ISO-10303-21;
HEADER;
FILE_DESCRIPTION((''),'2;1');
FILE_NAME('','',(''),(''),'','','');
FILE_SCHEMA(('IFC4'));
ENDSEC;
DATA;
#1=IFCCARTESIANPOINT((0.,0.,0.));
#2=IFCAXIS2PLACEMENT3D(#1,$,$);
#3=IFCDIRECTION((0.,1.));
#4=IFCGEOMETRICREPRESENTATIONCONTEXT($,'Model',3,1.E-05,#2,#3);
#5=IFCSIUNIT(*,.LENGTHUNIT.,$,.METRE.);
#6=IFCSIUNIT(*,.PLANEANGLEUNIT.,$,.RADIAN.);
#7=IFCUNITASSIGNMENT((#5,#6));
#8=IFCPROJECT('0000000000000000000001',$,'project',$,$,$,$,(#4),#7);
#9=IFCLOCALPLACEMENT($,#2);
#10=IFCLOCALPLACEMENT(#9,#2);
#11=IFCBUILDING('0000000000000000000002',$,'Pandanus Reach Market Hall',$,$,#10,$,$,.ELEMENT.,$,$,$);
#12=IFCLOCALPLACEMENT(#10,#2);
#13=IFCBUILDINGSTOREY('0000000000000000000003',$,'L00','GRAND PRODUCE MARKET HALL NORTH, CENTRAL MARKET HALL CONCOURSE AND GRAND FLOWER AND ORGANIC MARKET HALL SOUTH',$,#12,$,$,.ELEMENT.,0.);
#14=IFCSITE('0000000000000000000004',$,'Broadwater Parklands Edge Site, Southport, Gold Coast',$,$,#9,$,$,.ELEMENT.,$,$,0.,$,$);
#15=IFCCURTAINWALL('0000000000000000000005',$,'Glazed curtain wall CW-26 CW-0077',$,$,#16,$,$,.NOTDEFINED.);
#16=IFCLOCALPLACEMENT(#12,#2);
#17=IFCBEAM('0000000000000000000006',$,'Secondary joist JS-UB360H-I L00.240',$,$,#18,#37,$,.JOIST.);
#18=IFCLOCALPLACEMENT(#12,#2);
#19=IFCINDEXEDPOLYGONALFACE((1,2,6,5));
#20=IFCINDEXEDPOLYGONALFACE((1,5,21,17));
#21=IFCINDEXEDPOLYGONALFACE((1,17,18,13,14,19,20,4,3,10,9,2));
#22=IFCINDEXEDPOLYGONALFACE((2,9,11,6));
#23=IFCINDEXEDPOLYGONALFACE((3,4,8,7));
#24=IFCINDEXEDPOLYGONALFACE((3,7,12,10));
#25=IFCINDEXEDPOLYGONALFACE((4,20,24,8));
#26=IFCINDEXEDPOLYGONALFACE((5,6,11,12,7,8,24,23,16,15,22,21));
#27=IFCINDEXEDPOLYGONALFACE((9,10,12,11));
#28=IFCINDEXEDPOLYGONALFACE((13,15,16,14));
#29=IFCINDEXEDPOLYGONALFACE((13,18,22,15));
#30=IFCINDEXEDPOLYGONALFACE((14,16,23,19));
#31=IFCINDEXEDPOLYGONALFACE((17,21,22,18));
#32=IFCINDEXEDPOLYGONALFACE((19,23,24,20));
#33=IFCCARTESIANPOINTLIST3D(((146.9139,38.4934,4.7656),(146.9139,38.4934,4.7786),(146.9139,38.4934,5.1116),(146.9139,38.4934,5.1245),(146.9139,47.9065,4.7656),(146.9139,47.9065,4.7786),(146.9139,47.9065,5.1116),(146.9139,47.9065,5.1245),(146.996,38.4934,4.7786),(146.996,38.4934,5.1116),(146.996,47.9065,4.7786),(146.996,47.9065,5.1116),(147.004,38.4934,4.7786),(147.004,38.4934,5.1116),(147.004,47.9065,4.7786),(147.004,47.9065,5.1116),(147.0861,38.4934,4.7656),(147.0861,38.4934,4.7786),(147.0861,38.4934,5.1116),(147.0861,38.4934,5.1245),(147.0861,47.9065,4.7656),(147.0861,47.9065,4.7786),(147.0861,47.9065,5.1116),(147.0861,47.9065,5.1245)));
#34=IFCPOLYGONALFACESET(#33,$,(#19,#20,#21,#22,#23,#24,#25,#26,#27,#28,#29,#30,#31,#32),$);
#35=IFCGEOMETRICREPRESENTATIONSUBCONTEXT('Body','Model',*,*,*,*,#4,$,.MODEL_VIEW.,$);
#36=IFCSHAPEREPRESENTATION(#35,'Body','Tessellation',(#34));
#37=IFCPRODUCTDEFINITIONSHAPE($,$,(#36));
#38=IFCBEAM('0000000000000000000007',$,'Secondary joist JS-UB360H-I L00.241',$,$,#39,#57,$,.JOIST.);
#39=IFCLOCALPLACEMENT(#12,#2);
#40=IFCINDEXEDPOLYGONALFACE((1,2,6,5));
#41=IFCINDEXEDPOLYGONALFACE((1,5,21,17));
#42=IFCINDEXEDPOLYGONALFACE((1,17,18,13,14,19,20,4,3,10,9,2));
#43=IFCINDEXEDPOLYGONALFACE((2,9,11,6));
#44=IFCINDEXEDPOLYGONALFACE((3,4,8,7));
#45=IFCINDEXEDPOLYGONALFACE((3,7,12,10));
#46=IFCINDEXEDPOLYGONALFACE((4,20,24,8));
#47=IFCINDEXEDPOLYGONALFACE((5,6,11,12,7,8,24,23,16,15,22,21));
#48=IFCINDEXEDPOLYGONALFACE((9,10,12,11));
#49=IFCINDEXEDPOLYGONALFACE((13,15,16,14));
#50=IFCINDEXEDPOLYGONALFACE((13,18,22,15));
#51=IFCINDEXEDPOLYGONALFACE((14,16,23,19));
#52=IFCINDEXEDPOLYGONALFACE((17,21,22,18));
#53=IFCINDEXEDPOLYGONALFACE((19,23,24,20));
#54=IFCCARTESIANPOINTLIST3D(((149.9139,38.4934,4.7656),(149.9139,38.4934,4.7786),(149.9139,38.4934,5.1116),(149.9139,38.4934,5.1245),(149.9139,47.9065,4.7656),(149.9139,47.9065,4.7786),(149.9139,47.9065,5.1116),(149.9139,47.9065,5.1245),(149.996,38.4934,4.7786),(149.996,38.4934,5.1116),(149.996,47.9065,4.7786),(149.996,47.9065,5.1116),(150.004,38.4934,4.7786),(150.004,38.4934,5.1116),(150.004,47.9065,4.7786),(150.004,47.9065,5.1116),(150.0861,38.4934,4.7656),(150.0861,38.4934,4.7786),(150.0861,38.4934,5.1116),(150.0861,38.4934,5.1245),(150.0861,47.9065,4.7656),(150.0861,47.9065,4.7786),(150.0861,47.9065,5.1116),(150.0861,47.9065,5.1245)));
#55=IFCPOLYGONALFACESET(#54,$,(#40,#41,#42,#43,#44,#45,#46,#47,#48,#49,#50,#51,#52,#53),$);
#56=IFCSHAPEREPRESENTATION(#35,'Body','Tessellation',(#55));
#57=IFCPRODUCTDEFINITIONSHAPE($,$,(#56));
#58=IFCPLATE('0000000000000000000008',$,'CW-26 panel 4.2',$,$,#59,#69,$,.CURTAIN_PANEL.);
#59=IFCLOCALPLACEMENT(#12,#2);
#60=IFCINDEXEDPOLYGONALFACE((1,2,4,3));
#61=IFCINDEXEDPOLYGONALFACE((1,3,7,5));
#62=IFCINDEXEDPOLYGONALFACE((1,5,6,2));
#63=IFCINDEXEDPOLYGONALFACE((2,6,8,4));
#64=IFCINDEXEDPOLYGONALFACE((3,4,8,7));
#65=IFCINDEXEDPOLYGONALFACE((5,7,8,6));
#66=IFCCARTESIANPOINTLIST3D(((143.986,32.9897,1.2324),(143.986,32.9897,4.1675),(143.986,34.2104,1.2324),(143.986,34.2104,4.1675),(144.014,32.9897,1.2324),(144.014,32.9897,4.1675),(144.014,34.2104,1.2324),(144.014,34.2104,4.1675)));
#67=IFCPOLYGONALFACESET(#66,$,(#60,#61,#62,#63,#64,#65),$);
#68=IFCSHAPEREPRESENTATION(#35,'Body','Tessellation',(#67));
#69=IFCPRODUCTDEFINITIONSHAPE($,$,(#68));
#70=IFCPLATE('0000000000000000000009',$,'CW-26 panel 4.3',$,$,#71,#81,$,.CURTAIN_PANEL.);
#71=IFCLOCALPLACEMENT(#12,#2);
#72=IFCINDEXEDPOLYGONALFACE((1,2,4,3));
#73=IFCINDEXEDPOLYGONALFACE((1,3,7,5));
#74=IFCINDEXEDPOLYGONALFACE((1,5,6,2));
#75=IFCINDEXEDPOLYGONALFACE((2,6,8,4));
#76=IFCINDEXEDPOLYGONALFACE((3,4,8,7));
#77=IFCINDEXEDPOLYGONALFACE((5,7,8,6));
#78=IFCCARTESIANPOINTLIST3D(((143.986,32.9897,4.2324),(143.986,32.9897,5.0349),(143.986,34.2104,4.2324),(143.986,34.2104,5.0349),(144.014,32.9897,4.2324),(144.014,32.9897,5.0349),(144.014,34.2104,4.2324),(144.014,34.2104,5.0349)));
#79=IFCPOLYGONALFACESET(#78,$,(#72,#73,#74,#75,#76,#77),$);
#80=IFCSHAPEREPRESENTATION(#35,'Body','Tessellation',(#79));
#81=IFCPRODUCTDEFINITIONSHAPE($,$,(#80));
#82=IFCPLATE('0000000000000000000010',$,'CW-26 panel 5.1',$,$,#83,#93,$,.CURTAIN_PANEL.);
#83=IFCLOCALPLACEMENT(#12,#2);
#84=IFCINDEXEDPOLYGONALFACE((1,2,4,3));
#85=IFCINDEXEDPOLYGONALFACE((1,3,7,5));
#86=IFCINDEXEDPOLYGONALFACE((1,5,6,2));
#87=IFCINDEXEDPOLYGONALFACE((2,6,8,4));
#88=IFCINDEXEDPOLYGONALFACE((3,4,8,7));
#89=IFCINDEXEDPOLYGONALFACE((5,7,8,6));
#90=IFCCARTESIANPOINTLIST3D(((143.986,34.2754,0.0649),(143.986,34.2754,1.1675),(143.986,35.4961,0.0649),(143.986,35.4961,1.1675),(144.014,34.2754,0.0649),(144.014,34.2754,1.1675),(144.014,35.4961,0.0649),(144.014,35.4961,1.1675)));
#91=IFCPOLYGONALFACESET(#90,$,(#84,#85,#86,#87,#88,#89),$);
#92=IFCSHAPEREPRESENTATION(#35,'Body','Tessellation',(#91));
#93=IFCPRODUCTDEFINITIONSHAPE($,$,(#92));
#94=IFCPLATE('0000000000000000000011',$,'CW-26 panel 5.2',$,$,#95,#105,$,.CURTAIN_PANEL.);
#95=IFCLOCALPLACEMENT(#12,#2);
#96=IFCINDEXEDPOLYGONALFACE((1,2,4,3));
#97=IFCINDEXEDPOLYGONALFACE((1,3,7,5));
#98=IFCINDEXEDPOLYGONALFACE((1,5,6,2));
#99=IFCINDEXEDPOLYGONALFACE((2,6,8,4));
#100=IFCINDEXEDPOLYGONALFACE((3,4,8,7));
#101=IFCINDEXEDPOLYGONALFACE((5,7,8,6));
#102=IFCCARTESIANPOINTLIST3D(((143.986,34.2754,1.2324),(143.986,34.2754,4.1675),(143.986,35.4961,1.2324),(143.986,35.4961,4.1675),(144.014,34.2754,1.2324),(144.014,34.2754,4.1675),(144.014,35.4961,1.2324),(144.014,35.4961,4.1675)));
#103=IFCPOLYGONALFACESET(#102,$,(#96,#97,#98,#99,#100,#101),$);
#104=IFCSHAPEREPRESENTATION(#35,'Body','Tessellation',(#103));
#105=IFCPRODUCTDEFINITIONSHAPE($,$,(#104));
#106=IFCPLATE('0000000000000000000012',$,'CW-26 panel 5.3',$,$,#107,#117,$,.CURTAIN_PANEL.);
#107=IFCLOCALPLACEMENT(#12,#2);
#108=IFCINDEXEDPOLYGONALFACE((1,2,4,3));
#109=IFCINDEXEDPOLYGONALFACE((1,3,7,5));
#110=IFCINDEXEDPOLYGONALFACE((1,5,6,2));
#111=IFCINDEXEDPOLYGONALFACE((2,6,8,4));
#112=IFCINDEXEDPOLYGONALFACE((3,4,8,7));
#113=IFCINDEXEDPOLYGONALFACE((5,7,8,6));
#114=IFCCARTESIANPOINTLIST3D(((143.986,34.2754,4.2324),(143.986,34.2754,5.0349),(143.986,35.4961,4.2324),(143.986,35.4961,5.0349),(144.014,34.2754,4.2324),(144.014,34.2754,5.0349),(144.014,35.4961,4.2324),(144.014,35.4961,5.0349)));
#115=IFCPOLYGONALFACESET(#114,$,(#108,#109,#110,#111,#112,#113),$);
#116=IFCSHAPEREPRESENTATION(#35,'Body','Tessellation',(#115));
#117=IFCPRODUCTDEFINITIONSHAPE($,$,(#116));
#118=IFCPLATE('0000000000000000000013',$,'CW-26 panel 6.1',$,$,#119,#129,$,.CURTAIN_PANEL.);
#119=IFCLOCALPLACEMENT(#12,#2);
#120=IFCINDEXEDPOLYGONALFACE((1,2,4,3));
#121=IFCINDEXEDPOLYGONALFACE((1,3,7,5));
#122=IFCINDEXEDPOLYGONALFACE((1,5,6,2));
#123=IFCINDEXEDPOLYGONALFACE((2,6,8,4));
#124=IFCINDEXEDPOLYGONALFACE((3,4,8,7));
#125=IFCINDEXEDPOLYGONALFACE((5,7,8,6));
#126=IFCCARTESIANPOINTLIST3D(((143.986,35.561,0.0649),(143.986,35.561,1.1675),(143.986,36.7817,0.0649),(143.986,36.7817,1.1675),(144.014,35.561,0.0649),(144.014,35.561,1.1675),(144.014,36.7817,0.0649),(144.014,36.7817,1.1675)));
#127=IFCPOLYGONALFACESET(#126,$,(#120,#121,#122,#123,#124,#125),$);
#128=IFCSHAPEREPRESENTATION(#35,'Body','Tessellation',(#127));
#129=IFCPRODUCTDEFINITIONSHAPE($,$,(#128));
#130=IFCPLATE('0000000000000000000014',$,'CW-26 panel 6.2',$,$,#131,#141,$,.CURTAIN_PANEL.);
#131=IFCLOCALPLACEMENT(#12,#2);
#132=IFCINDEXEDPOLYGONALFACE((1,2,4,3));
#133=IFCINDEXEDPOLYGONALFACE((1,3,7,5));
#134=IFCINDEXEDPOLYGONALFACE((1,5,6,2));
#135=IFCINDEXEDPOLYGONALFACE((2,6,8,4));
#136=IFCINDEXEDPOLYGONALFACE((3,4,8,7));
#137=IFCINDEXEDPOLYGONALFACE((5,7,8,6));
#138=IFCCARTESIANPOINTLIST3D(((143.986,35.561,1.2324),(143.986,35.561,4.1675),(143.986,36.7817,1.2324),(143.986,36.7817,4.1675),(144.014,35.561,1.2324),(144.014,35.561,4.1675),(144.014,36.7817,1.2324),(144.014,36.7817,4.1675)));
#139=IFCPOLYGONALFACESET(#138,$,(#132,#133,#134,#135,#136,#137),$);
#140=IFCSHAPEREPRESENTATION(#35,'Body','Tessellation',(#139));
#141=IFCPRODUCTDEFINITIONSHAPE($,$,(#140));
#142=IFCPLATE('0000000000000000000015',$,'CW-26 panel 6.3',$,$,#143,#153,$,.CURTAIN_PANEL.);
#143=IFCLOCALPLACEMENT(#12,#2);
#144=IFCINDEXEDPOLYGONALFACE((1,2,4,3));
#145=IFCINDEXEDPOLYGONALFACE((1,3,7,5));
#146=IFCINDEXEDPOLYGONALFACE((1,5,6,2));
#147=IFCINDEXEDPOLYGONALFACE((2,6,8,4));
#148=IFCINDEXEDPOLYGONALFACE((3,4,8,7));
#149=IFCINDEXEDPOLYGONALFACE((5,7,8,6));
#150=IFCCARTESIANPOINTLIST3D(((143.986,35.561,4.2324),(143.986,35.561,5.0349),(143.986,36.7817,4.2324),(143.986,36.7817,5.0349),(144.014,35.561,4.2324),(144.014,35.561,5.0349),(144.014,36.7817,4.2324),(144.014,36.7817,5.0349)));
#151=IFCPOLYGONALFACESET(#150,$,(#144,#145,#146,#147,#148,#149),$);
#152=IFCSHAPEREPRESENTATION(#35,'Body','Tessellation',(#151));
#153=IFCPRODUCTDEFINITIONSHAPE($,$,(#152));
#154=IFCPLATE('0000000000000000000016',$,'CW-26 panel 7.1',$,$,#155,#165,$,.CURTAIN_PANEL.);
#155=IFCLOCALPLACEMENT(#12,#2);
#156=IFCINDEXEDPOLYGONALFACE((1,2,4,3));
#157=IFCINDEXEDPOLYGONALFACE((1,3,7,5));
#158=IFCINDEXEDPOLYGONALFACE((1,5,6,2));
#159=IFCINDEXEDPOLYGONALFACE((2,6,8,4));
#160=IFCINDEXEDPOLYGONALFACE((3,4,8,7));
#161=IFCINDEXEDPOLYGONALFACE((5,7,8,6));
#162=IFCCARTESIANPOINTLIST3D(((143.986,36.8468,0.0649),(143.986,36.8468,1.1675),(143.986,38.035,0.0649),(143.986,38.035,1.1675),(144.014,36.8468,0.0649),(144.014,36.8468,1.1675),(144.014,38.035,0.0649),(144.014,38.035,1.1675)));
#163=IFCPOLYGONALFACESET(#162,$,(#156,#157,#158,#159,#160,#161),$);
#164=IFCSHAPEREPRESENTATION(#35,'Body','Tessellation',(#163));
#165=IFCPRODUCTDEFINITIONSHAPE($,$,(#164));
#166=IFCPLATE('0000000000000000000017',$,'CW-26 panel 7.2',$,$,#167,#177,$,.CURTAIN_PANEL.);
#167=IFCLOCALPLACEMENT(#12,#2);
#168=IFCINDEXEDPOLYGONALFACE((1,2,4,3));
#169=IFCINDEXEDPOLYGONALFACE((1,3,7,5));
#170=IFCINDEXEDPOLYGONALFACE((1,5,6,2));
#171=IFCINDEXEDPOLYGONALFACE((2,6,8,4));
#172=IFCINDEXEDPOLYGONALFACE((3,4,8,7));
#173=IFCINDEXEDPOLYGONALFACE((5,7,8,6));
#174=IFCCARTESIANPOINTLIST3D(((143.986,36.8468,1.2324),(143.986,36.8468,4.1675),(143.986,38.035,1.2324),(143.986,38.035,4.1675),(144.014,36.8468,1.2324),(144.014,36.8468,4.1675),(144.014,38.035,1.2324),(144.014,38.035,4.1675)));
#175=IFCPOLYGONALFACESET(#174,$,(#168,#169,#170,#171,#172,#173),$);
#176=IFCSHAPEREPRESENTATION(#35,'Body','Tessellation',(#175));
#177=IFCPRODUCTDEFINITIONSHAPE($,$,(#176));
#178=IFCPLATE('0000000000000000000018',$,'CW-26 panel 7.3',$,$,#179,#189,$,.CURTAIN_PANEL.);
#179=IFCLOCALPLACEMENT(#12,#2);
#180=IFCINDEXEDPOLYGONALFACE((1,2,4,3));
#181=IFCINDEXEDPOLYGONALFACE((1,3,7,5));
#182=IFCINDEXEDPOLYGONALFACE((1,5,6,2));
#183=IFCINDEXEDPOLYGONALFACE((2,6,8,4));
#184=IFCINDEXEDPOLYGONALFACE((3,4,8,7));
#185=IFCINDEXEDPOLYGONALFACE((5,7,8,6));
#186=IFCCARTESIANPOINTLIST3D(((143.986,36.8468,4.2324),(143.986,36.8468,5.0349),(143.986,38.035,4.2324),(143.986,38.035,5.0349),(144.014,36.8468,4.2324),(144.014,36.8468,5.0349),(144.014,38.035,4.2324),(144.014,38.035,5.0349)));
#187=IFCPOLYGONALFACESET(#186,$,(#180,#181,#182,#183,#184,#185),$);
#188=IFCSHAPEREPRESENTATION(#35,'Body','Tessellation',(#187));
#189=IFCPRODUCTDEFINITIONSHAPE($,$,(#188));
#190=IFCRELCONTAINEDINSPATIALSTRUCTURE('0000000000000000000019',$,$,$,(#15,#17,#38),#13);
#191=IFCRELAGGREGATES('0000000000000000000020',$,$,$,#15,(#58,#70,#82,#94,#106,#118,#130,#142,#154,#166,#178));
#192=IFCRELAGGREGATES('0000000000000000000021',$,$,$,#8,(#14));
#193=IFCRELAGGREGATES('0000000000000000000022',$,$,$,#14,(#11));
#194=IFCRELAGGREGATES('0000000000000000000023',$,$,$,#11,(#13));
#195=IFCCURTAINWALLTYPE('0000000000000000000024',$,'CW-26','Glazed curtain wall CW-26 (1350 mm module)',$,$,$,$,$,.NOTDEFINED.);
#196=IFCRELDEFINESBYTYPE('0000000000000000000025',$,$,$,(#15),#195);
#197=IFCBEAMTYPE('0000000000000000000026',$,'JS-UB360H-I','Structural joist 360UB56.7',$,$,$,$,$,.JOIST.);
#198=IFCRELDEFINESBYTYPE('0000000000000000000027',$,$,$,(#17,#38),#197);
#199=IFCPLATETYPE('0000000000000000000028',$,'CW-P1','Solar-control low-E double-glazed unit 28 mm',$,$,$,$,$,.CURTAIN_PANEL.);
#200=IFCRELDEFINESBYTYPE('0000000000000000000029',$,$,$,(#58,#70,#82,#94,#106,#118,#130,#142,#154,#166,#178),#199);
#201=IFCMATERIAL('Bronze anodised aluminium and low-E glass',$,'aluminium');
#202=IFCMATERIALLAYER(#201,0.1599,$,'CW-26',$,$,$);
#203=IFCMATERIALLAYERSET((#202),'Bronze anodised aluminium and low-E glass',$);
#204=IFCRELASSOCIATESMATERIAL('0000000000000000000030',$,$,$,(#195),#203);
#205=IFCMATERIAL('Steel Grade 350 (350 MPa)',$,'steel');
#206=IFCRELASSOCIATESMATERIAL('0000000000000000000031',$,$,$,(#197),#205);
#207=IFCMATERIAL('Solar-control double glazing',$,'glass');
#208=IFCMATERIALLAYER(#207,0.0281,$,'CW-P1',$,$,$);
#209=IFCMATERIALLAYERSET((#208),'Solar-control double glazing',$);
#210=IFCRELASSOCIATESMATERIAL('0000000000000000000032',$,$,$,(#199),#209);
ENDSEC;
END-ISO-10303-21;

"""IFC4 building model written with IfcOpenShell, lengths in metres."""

from ifc_helpers import new_model, si_unit, direction, frame, origin, origin_2d, place, context, subcontext, project, spatial, rectangle, i_section, extrude, material, layer, layer_set, material_profile, profile_set, type_object, element, aggregate, save


model = new_model("IFC4")

# Units and contexts
model_context = context("Model", 3, precision=1e-05, world=origin(), true_north=direction((0.0, 1.0)))
body_context = subcontext(model_context, "Body", "Model", "MODEL_VIEW")
ifc_project = project(units=[si_unit("LENGTHUNIT", "METRE"), si_unit("PLANEANGLEUNIT", "RADIAN")], contexts=[model_context])

# Site, building, storey
site_placement = place(None, origin())
site = spatial("IfcSite", under=ifc_project, at=site_placement, Name="Broadwater Parklands Edge Site, Southport, Gold Coast", CompositionType="ELEMENT", RefElevation=0.0)
building_placement = place(site_placement, origin())
building = spatial("IfcBuilding", under=site, at=building_placement, Name="Pandanus Reach Market Hall", CompositionType="ELEMENT")
storey_placement = place(building_placement, origin())
storey = spatial("IfcBuildingStorey", under=building, at=storey_placement, Name="L00", Description="GRAND PRODUCE MARKET HALL NORTH, CENTRAL MARKET HALL CONCOURSE AND GRAND FLOWER AND ORGANIC MARKET HALL SOUTH", CompositionType="ELEMENT", Elevation=0.0)

# Shared definitions
ifc_material_1 = material(Name="Steel Grade 350 (350 MPa)", Category="steel")

# Curtain wall
ifc_material_2 = material(Name="Bronze anodised aluminium and low-E glass", Category="aluminium")
ifc_layer_1 = layer(ifc_material_2, 0.1599, Name="CW-26")
ifc_layer_set_1 = layer_set([ifc_layer_1], Name="Bronze anodised aluminium and low-E glass")
curtain_wall_type = type_object("IfcCurtainWallType", Name="CW-26", Description="Glazed curtain wall CW-26 (1350 mm module)", PredefinedType="NOTDEFINED", material=ifc_layer_set_1)
curtain_wall_1_placement = place(storey_placement, origin())
curtain_wall_1 = element("IfcCurtainWall", 1, at=curtain_wall_1_placement, inside=storey, type_object=curtain_wall_type, Name="Glazed curtain wall CW-26 CW-0077", PredefinedType="NOTDEFINED")

# Beams
ifc_material_profile_1 = material_profile(ifc_material_1, i_section(OverallWidth=0.1721, OverallDepth=0.3589, WebThickness=0.0081, FlangeThickness=0.0129, at=origin_2d()), Name="360UB56.7", Category="LoadBearing")
ifc_profile_set_1 = profile_set([ifc_material_profile_1], Name="Steel Grade 350 (350 MPa)")
beam_type_1 = type_object("IfcBeamType", Name="JS-UB360H-I", Description="Structural joist 360UB56.7", PredefinedType="JOIST", material=ifc_profile_set_1)
for number, where, z_axis, x_axis, name in (
    (2, (147.0, 38.4934, 4.9451), (0.0, 1.0, 0.0), (-1.0, 0.0, 0.0), "Secondary joist JS-UB360H-I L00.240"),
    (3, (150.0, 38.4934, 4.9451), (0.0, 1.0, 0.0), (-1.0, 0.0, 0.0), "Secondary joist JS-UB360H-I L00.241"),
):
    element("IfcBeam", number, at=place(storey_placement, frame(where, z_axis=z_axis, x_axis=x_axis)), inside=storey, type_object=beam_type_1, Name=name, PredefinedType="JOIST", context=body_context, shape_type="SweptSolid", body=[
        extrude(i_section(OverallWidth=0.1721, OverallDepth=0.3589, WebThickness=0.0081, FlangeThickness=0.0129, at=origin_2d()), origin(), (0.0, 0.0, 1.0), 9.4131),
    ])

# Plates
ifc_material_3 = material(Name="Solar-control double glazing", Category="glass")
ifc_layer_2 = layer(ifc_material_3, 0.0281, Name="CW-P1")
ifc_layer_set_2 = layer_set([ifc_layer_2], Name="Solar-control double glazing")
plate_type = type_object("IfcPlateType", Name="CW-P1", Description="Solar-control low-E double-glazed unit 28 mm", PredefinedType="CURTAIN_PANEL", material=ifc_layer_set_2)
plate_1_placement = place(storey_placement, frame((144.0, 33.6001, 1.2324), z_axis=(0.0, 0.0, 1.0), x_axis=(0.0, 1.0, 0.0)))
plate_1 = element("IfcPlate", 4, at=plate_1_placement, type_object=plate_type, Name="CW-26 panel 4.2", PredefinedType="CURTAIN_PANEL", context=body_context, shape_type="SweptSolid", body=[
    extrude(rectangle(XDim=1.2207, YDim=0.0281, at=origin_2d()), origin(), (0.0, 0.0, 1.0), 2.9351),
])
plate_2_placement = place(storey_placement, frame((144.0, 33.6001, 4.2324), z_axis=(0.0, 0.0, 1.0), x_axis=(0.0, 1.0, 0.0)))
plate_2 = element("IfcPlate", 5, at=plate_2_placement, type_object=plate_type, Name="CW-26 panel 4.3", PredefinedType="CURTAIN_PANEL", context=body_context, shape_type="SweptSolid", body=[
    extrude(rectangle(XDim=1.2207, YDim=0.0281, at=origin_2d()), origin(), (0.0, 0.0, 1.0), 0.8025),
])
plate_3_placement = place(storey_placement, frame((144.0, 34.8857, 0.0649), z_axis=(0.0, 0.0, 1.0), x_axis=(0.0, 1.0, 0.0)))
plate_3 = element("IfcPlate", 6, at=plate_3_placement, type_object=plate_type, Name="CW-26 panel 5.1", PredefinedType="CURTAIN_PANEL", context=body_context, shape_type="SweptSolid", body=[
    extrude(rectangle(XDim=1.2207, YDim=0.0281, at=origin_2d()), origin(), (0.0, 0.0, 1.0), 1.1025),
])
plate_4_placement = place(storey_placement, frame((144.0, 34.8857, 1.2324), z_axis=(0.0, 0.0, 1.0), x_axis=(0.0, 1.0, 0.0)))
plate_4 = element("IfcPlate", 7, at=plate_4_placement, type_object=plate_type, Name="CW-26 panel 5.2", PredefinedType="CURTAIN_PANEL", context=body_context, shape_type="SweptSolid", body=[
    extrude(rectangle(XDim=1.2207, YDim=0.0281, at=origin_2d()), origin(), (0.0, 0.0, 1.0), 2.9351),
])
plate_5_placement = place(storey_placement, frame((144.0, 34.8857, 4.2324), z_axis=(0.0, 0.0, 1.0), x_axis=(0.0, 1.0, 0.0)))
plate_5 = element("IfcPlate", 8, at=plate_5_placement, type_object=plate_type, Name="CW-26 panel 5.3", PredefinedType="CURTAIN_PANEL", context=body_context, shape_type="SweptSolid", body=[
    extrude(rectangle(XDim=1.2207, YDim=0.0281, at=origin_2d()), origin(), (0.0, 0.0, 1.0), 0.8025),
])
plate_6_placement = place(storey_placement, frame((144.0, 36.1714, 0.0649), z_axis=(0.0, 0.0, 1.0), x_axis=(0.0, 1.0, 0.0)))
plate_6 = element("IfcPlate", 9, at=plate_6_placement, type_object=plate_type, Name="CW-26 panel 6.1", PredefinedType="CURTAIN_PANEL", context=body_context, shape_type="SweptSolid", body=[
    extrude(rectangle(XDim=1.2207, YDim=0.0281, at=origin_2d()), origin(), (0.0, 0.0, 1.0), 1.1025),
])
plate_7_placement = place(storey_placement, frame((144.0, 36.1714, 1.2324), z_axis=(0.0, 0.0, 1.0), x_axis=(0.0, 1.0, 0.0)))
plate_7 = element("IfcPlate", 10, at=plate_7_placement, type_object=plate_type, Name="CW-26 panel 6.2", PredefinedType="CURTAIN_PANEL", context=body_context, shape_type="SweptSolid", body=[
    extrude(rectangle(XDim=1.2207, YDim=0.0281, at=origin_2d()), origin(), (0.0, 0.0, 1.0), 2.9351),
])
plate_8_placement = place(storey_placement, frame((144.0, 36.1714, 4.2324), z_axis=(0.0, 0.0, 1.0), x_axis=(0.0, 1.0, 0.0)))
plate_8 = element("IfcPlate", 11, at=plate_8_placement, type_object=plate_type, Name="CW-26 panel 6.3", PredefinedType="CURTAIN_PANEL", context=body_context, shape_type="SweptSolid", body=[
    extrude(rectangle(XDim=1.2207, YDim=0.0281, at=origin_2d()), origin(), (0.0, 0.0, 1.0), 0.8025),
])
plate_9_placement = place(storey_placement, frame((144.0, 37.4409, 0.0649), z_axis=(0.0, 0.0, 1.0), x_axis=(0.0, 1.0, 0.0)))
plate_9 = element("IfcPlate", 12, at=plate_9_placement, type_object=plate_type, Name="CW-26 panel 7.1", PredefinedType="CURTAIN_PANEL", context=body_context, shape_type="SweptSolid", body=[
    extrude(rectangle(XDim=1.1882, YDim=0.0281, at=origin_2d()), origin(), (0.0, 0.0, 1.0), 1.1025),
])
plate_10_placement = place(storey_placement, frame((144.0, 37.4409, 1.2324), z_axis=(0.0, 0.0, 1.0), x_axis=(0.0, 1.0, 0.0)))
plate_10 = element("IfcPlate", 13, at=plate_10_placement, type_object=plate_type, Name="CW-26 panel 7.2", PredefinedType="CURTAIN_PANEL", context=body_context, shape_type="SweptSolid", body=[
    extrude(rectangle(XDim=1.1882, YDim=0.0281, at=origin_2d()), origin(), (0.0, 0.0, 1.0), 2.9351),
])
plate_11_placement = place(storey_placement, frame((144.0, 37.4409, 4.2324), z_axis=(0.0, 0.0, 1.0), x_axis=(0.0, 1.0, 0.0)))
plate_11 = element("IfcPlate", 14, at=plate_11_placement, type_object=plate_type, Name="CW-26 panel 7.3", PredefinedType="CURTAIN_PANEL", context=body_context, shape_type="SweptSolid", body=[
    extrude(rectangle(XDim=1.1882, YDim=0.0281, at=origin_2d()), origin(), (0.0, 0.0, 1.0), 0.8025),
])
aggregate(curtain_wall_1, [plate_1, plate_2, plate_3, plate_4, plate_5, plate_6, plate_7, plate_8, plate_9, plate_10, plate_11])

save(model, "model.ifc")
